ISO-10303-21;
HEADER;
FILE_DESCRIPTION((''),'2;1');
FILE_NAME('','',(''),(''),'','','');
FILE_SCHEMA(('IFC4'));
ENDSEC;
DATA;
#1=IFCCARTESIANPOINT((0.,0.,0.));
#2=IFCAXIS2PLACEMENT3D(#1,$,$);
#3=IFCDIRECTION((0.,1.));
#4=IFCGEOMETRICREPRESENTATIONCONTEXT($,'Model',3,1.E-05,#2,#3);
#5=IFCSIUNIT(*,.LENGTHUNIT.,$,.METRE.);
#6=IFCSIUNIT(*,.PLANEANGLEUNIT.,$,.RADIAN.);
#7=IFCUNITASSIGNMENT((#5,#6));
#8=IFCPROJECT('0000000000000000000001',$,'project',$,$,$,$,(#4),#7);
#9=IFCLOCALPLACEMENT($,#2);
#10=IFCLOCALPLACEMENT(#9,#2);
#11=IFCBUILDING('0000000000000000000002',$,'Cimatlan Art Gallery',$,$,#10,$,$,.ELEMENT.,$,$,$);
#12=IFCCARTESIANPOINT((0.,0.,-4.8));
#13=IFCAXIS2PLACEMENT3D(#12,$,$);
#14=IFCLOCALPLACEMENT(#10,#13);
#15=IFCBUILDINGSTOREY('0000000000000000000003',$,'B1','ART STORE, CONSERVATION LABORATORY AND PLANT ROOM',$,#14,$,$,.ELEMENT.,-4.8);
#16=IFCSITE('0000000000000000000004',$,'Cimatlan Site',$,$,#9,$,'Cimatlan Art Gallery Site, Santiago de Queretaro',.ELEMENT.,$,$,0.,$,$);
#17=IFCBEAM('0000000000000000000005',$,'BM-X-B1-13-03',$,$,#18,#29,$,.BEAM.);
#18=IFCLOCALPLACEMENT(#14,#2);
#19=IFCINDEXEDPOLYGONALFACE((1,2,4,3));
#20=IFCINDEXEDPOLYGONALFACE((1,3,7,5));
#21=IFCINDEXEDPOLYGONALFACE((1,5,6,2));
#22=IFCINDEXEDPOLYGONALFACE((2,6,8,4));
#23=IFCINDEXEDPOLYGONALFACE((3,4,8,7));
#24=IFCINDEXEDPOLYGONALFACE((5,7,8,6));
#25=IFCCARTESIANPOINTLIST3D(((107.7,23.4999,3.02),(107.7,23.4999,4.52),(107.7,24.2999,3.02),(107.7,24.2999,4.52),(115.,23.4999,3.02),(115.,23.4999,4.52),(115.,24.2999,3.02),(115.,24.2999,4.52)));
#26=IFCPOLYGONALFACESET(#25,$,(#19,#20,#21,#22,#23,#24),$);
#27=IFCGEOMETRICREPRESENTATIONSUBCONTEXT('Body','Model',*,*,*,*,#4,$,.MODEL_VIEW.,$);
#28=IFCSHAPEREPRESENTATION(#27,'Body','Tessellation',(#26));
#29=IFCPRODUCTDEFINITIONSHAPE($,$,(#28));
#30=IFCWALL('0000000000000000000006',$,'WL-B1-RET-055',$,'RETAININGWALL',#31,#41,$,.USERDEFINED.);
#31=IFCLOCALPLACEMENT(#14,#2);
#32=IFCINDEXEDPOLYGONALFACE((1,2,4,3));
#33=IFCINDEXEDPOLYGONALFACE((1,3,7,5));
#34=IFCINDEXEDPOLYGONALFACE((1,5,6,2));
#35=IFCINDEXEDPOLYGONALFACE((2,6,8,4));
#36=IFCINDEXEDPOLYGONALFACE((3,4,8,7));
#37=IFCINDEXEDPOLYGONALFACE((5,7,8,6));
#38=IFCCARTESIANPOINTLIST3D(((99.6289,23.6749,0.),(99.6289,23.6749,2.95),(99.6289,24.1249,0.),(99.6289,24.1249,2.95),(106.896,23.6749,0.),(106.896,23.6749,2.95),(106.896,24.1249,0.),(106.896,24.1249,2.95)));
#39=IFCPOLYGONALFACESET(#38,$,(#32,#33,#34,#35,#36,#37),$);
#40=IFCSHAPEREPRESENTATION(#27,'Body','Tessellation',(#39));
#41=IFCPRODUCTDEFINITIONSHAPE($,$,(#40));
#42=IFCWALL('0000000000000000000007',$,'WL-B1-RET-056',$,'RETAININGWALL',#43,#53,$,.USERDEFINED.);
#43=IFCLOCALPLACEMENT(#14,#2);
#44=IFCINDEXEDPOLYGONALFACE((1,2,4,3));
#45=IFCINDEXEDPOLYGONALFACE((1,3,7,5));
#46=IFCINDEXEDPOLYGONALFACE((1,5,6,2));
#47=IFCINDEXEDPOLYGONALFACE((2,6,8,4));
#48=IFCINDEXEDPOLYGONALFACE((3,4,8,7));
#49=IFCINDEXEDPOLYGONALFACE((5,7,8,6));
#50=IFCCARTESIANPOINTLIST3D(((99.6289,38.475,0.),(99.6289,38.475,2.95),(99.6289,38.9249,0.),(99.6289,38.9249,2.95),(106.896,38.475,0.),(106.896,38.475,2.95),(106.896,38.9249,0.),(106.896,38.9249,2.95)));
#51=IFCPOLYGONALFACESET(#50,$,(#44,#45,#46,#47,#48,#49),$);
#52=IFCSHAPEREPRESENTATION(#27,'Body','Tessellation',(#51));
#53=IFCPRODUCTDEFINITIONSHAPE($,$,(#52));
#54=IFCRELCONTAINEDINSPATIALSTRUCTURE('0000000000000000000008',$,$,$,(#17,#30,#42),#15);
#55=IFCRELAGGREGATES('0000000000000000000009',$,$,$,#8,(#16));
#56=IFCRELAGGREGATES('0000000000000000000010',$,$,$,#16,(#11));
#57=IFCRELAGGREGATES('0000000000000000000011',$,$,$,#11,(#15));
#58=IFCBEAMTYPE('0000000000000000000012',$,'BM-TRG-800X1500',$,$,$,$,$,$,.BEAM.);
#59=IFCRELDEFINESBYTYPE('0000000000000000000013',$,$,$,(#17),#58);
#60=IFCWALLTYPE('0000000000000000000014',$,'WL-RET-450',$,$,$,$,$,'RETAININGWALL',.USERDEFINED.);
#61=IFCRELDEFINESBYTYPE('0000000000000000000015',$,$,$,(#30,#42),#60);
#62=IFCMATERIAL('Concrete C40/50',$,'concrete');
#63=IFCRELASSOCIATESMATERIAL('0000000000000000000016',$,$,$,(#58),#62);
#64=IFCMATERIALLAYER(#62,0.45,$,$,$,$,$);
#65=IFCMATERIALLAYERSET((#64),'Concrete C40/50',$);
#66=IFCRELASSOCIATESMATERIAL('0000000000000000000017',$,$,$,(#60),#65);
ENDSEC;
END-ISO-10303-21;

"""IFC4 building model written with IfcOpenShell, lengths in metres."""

from ifc_helpers import new_model, si_unit, direction, frame, frame_2d, origin, origin_2d, place, context, subcontext, project, spatial, rectangle, extrude, material, layer, layer_set, material_profile, profile_set, type_object, element, save


model = new_model("IFC4")

# Units and contexts
model_context = context("Model", 3, precision=1e-05, world=origin(), true_north=direction((0.0, 1.0)))
body_context = subcontext(model_context, "Body", "Model", "MODEL_VIEW")
ifc_project = project(units=[si_unit("LENGTHUNIT", "METRE"), si_unit("PLANEANGLEUNIT", "RADIAN")], contexts=[model_context])

# Site, building, storey
site_placement = place(None, origin())
site = spatial("IfcSite", under=ifc_project, at=site_placement, Name="Cimatlan Site", LongName="Cimatlan Art Gallery Site, Santiago de Queretaro", CompositionType="ELEMENT", RefElevation=0.0)
building_placement = place(site_placement, origin())
building = spatial("IfcBuilding", under=site, at=building_placement, Name="Cimatlan Art Gallery", CompositionType="ELEMENT")
storey_placement = place(building_placement, frame((0.0, 0.0, -4.8)))
storey = spatial("IfcBuildingStorey", under=building, at=storey_placement, Name="B1", Description="ART STORE, CONSERVATION LABORATORY AND PLANT ROOM", CompositionType="ELEMENT", Elevation=-4.8)

# Shared definitions
ifc_material_1 = material(Name="Concrete C40/50", Category="concrete")

# Beam
ifc_material_profile_1 = material_profile(ifc_material_1, rectangle(XDim=0.8, YDim=1.5, at=origin_2d()), Name="RC800X1500")
ifc_profile_set_1 = profile_set([ifc_material_profile_1], Name="Concrete C40/50")
beam_type_1 = type_object("IfcBeamType", Name="BM-TRG-800X1500", PredefinedType="BEAM", material=ifc_profile_set_1)
beam_1_placement = place(storey_placement, frame((107.7, 23.8999, 3.77), z_axis=(1.0, 0.0, 0.0), x_axis=(0.0, 1.0, 0.0)))
element("IfcBeam", 1, at=beam_1_placement, inside=storey, type_object=beam_type_1, Name="BM-X-B1-13-03", PredefinedType="BEAM", context=body_context, shape_type="SweptSolid", body=[
    extrude(rectangle(XDim=0.8, YDim=1.5, at=origin_2d()), origin(), (0.0, 0.0, 1.0), 7.3),
])

# Walls
ifc_layer_1 = layer(ifc_material_1, 0.45)
ifc_layer_set_1 = layer_set([ifc_layer_1], Name="Concrete C40/50")
wall_type_1 = type_object("IfcWallType", Name="WL-RET-450", ElementType="RETAININGWALL", PredefinedType="USERDEFINED", material=ifc_layer_set_1)
for number, where, z_axis, x_axis, name in (
    (2, (106.896, 23.8999, 0.0), (0.0, 0.0, 1.0), (-1.0, 0.0, 0.0), "WL-B1-RET-055"),
    (3, (99.6289, 38.7, 0.0), (0.0, 0.0, 1.0), (1.0, 0.0, 0.0), "WL-B1-RET-056"),
):
    element("IfcWall", number, at=place(storey_placement, frame(where, z_axis=z_axis, x_axis=x_axis)), inside=storey, type_object=wall_type_1, Name=name, ObjectType="RETAININGWALL", PredefinedType="USERDEFINED", context=body_context, shape_type="SweptSolid", body=[
        extrude(rectangle(XDim=7.2671, YDim=0.45, at=frame_2d((3.6335, 0.0))), origin(), (0.0, 0.0, 1.0), 2.95),
    ])

save(model, "model.ifc")
